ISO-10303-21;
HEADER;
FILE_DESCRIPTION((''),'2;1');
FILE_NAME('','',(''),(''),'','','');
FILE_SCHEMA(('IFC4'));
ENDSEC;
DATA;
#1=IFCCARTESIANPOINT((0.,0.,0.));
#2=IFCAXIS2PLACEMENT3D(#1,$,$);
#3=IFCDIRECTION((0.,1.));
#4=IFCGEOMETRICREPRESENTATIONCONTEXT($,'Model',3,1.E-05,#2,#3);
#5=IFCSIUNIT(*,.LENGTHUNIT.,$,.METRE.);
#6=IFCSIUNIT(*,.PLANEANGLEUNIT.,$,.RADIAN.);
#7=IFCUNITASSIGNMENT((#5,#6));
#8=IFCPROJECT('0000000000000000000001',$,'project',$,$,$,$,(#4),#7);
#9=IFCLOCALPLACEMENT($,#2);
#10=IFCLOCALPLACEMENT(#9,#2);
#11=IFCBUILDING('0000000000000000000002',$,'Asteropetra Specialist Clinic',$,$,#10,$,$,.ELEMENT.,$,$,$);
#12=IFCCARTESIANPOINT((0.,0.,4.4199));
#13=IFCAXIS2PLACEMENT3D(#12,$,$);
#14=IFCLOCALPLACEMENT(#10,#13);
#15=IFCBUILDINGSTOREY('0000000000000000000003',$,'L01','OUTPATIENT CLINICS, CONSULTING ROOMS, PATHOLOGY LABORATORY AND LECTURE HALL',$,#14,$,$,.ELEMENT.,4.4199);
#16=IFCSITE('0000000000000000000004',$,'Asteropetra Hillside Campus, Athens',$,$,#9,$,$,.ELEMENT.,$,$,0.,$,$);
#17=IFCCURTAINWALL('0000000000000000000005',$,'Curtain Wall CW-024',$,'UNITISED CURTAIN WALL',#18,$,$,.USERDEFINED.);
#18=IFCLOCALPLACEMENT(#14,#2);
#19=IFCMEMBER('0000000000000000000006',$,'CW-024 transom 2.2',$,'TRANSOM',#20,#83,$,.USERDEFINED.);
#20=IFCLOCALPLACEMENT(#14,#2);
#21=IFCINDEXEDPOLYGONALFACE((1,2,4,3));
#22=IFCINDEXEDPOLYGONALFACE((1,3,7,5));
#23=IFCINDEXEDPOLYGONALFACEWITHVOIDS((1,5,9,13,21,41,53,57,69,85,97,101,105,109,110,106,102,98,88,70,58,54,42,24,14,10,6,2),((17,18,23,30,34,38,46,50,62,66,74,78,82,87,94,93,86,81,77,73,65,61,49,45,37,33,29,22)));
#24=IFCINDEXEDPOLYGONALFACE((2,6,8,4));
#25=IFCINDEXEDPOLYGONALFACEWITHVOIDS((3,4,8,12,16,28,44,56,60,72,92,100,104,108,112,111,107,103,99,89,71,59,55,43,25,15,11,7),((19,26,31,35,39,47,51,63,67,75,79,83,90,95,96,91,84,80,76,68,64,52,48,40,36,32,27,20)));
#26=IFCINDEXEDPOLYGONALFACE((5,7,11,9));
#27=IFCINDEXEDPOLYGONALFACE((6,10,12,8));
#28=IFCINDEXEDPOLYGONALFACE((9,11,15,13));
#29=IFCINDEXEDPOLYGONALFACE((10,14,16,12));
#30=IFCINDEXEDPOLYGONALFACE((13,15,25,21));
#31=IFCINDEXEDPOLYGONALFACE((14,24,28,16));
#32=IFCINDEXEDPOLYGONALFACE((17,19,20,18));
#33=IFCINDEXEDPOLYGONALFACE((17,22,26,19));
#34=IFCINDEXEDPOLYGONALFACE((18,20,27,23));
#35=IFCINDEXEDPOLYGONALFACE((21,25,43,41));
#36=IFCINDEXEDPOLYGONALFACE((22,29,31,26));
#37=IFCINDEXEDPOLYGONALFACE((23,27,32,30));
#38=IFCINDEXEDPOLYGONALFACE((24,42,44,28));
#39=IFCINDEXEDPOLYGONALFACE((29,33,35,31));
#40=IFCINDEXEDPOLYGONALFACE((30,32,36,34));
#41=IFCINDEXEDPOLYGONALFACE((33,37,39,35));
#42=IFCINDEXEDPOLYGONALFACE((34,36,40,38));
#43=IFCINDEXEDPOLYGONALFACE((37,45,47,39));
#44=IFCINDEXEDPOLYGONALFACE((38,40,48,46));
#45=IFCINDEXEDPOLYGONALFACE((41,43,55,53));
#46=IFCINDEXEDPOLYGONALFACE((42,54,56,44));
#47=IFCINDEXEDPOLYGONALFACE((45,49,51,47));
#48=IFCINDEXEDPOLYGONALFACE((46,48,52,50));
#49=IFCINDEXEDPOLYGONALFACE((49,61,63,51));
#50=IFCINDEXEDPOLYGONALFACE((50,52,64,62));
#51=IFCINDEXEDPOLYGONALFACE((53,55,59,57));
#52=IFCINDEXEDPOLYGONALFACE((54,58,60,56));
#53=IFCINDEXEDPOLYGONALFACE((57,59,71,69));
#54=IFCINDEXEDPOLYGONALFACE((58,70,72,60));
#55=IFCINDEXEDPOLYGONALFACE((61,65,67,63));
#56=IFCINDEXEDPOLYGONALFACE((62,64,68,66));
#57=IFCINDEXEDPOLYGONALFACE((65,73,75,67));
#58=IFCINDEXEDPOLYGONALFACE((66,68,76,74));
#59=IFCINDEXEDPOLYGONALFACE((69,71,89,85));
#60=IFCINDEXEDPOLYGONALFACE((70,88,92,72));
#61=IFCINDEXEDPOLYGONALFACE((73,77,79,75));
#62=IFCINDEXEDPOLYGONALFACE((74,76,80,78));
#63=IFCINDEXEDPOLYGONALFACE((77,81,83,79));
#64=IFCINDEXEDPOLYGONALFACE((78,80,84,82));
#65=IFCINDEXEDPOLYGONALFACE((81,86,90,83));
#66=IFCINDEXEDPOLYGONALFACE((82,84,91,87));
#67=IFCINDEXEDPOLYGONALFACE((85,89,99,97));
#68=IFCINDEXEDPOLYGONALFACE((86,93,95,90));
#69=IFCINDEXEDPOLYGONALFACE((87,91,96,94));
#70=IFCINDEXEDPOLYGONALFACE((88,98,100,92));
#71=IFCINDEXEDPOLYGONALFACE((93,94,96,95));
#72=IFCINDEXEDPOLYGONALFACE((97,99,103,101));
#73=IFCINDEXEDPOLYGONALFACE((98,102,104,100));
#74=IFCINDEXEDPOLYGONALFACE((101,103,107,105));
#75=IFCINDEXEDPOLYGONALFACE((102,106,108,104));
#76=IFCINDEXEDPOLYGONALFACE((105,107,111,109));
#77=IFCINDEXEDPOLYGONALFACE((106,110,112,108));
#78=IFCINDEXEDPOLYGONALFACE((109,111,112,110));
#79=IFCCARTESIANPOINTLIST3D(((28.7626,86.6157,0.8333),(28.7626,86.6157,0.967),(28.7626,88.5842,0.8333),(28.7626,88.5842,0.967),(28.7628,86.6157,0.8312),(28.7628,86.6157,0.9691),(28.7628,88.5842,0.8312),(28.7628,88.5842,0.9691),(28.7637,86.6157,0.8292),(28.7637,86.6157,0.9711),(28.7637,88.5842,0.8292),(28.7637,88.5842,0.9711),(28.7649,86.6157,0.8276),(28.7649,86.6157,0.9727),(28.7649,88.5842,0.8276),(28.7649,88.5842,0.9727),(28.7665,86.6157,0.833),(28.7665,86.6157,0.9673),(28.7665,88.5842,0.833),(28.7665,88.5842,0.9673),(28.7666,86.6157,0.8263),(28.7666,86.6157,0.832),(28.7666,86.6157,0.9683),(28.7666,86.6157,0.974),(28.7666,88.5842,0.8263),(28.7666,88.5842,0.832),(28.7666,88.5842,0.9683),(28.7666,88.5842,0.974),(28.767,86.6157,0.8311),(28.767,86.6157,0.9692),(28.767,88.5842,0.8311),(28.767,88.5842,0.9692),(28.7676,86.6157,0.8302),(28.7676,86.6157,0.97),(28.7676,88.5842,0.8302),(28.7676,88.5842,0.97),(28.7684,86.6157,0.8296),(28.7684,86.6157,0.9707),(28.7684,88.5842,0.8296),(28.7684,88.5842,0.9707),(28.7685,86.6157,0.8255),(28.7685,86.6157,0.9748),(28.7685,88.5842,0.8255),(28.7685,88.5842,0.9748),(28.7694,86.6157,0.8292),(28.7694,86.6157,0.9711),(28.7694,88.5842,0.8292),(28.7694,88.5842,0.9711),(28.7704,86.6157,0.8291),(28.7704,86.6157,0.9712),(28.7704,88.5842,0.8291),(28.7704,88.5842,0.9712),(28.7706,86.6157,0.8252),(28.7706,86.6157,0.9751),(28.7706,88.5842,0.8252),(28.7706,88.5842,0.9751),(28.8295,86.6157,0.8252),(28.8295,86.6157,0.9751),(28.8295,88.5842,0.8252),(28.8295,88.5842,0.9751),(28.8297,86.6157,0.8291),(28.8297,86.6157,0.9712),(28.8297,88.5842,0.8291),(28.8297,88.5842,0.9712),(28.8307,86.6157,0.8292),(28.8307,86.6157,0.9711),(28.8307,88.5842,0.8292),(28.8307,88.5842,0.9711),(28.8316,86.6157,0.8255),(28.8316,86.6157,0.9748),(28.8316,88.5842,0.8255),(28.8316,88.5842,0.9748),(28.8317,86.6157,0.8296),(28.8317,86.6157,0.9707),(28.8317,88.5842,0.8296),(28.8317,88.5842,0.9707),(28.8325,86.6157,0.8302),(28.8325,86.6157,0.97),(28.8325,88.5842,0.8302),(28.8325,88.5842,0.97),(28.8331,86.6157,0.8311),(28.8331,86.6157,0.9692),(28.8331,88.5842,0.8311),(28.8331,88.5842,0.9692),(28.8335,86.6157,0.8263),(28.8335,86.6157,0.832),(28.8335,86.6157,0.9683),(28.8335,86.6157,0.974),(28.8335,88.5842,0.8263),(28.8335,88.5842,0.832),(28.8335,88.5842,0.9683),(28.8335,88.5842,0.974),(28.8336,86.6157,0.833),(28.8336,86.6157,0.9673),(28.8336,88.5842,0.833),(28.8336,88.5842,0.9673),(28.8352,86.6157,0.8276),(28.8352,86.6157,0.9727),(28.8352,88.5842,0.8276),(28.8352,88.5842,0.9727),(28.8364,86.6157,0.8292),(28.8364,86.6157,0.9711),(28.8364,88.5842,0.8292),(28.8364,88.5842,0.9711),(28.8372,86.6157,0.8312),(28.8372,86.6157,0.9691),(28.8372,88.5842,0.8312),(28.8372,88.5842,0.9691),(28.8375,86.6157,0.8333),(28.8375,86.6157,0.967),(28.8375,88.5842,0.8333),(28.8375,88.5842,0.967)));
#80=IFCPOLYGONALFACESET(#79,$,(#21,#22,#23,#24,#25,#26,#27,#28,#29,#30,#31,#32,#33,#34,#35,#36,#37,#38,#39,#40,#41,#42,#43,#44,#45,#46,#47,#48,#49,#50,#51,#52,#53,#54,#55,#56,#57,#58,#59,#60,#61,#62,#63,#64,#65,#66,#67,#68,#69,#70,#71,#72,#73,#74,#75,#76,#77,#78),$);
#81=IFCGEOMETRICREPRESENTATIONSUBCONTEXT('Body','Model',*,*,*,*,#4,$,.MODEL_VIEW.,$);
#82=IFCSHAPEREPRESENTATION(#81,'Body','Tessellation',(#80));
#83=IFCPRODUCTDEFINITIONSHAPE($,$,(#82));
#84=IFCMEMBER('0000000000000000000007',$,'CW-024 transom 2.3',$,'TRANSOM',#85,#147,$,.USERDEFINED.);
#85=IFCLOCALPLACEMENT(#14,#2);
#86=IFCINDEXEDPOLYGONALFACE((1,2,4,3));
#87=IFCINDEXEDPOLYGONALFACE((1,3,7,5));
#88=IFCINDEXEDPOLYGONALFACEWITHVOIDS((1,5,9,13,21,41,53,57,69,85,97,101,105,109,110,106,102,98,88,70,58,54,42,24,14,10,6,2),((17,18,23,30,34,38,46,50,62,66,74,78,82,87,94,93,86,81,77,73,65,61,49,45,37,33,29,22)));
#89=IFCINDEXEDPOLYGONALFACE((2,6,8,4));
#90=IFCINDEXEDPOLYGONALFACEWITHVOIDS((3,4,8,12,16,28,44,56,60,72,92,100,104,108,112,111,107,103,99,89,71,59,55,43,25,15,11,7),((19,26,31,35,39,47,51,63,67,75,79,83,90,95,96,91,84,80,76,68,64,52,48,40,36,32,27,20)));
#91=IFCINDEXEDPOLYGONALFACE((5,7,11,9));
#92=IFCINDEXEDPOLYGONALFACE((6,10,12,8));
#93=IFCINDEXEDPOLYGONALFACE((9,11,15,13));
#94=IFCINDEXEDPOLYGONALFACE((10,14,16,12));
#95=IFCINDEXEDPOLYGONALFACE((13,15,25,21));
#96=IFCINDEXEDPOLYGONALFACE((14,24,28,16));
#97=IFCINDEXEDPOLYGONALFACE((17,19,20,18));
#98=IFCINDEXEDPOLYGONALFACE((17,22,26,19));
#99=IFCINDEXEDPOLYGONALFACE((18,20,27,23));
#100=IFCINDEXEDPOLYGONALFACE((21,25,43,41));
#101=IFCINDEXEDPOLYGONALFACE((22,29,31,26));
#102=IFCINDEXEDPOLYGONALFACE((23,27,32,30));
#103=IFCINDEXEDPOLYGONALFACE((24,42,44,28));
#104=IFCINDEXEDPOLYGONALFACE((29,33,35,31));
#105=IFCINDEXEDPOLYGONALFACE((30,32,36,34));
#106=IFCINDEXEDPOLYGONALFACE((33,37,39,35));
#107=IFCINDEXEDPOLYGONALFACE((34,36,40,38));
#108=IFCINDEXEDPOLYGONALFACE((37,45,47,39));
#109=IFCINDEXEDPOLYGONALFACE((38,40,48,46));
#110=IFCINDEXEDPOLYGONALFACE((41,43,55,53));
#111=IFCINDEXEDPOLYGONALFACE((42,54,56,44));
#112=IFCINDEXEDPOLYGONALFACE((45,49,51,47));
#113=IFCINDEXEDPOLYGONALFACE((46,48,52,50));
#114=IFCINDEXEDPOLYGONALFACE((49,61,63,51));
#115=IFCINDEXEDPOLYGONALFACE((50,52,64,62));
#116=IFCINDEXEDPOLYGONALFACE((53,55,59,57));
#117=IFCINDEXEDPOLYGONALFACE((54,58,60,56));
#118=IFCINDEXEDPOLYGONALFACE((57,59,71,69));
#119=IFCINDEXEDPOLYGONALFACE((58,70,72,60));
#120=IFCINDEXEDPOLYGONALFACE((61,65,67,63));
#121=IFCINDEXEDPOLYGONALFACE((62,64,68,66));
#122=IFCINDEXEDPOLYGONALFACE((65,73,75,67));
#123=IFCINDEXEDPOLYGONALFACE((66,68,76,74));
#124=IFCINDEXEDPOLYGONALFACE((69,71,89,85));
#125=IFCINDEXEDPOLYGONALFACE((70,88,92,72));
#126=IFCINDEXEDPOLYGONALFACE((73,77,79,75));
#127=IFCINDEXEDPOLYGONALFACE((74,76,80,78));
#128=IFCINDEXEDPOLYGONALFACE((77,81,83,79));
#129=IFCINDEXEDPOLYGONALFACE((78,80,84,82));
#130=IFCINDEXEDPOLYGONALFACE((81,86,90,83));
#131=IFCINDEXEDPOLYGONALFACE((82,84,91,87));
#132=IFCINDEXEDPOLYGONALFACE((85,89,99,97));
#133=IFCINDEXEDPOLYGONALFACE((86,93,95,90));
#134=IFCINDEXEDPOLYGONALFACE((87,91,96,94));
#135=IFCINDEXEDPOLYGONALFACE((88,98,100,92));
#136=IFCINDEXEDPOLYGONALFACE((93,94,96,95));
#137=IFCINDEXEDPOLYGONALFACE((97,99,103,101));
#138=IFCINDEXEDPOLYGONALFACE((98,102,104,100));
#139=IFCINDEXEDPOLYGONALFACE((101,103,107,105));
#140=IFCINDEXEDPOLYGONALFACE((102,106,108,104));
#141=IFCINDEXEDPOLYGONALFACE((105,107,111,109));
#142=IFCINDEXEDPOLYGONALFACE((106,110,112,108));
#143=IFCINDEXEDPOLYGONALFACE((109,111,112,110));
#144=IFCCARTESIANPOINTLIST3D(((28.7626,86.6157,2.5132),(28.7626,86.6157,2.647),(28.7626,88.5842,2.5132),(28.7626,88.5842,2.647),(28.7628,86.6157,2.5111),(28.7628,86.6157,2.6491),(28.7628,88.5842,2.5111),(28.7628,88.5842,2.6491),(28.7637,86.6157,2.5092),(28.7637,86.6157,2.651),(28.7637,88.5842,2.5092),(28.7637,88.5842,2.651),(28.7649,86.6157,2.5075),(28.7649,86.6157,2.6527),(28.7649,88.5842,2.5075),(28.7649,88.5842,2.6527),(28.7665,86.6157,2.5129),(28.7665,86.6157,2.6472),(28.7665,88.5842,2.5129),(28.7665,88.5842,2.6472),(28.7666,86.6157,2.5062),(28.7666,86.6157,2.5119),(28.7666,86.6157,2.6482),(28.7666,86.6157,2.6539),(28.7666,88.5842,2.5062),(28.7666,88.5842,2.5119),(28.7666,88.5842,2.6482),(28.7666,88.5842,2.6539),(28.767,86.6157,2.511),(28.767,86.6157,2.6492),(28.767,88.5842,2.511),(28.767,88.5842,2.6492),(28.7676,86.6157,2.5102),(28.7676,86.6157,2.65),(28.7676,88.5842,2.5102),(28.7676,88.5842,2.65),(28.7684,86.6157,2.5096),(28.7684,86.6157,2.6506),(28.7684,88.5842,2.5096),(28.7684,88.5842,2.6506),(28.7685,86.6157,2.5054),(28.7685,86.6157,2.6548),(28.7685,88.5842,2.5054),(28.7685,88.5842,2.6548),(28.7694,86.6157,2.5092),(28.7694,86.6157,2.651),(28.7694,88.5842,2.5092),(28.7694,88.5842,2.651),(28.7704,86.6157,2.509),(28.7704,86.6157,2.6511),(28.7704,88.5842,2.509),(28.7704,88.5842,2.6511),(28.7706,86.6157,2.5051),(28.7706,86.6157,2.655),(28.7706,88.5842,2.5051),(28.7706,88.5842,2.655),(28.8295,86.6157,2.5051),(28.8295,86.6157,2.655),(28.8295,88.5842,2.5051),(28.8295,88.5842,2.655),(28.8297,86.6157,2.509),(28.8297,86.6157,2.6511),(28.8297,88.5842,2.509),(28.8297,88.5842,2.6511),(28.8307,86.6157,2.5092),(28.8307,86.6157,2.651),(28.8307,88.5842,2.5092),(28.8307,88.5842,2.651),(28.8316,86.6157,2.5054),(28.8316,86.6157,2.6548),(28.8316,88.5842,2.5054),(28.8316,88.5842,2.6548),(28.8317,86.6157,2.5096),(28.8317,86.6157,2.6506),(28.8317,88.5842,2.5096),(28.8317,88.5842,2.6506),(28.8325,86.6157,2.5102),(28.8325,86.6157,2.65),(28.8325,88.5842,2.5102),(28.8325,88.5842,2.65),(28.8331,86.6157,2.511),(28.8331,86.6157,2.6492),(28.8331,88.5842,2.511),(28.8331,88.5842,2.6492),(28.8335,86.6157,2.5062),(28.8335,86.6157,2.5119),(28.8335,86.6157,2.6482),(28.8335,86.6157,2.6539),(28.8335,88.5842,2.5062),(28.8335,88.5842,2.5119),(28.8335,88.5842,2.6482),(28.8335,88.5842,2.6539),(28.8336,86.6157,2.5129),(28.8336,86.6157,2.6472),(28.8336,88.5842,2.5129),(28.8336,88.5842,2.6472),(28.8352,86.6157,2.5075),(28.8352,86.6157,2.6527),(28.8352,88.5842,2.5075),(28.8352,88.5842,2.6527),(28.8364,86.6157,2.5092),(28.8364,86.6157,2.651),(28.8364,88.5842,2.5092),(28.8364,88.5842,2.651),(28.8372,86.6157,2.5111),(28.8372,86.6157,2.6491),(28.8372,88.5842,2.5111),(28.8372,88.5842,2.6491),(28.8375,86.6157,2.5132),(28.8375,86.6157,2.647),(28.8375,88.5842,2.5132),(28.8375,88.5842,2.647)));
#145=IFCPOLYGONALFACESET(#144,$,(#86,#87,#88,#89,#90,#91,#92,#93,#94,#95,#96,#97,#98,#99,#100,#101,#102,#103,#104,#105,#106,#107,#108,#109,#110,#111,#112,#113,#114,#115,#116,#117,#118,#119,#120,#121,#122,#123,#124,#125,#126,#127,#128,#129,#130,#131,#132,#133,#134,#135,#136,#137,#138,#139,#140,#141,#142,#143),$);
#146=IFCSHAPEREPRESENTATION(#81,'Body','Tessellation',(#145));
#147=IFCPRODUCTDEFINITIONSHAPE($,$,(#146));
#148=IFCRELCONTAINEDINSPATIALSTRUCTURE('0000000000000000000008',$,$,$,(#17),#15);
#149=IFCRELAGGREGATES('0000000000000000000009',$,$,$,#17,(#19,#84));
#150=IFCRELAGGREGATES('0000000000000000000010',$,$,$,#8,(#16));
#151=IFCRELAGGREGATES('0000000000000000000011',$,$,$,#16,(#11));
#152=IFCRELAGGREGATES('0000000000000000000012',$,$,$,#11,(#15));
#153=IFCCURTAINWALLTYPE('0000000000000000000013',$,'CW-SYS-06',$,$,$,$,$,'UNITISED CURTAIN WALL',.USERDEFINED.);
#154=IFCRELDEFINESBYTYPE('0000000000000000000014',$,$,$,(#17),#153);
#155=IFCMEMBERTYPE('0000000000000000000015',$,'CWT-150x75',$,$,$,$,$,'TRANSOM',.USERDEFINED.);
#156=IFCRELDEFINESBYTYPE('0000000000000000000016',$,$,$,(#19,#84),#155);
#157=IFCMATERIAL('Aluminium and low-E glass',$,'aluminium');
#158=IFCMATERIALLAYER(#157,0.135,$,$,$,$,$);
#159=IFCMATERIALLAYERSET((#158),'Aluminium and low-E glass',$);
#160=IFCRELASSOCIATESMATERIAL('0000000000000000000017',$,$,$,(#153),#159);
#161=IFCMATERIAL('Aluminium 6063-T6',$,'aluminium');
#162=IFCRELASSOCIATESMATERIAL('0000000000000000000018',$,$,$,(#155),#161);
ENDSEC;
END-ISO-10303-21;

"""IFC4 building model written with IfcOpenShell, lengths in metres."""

from ifc_helpers import new_model, si_unit, direction, frame, origin, origin_2d, place, context, subcontext, project, spatial, hollow_rectangle, extrude, material, layer, layer_set, material_profile, profile_set, type_object, element, aggregate, save


model = new_model("IFC4")

# Units and contexts
model_context = context("Model", 3, precision=1e-05, world=origin(), true_north=direction((0.0, 1.0)))
body_context = subcontext(model_context, "Body", "Model", "MODEL_VIEW")
ifc_project = project(units=[si_unit("LENGTHUNIT", "METRE"), si_unit("PLANEANGLEUNIT", "RADIAN")], contexts=[model_context])

# Site, building, storey
site_placement = place(None, origin())
site = spatial("IfcSite", under=ifc_project, at=site_placement, Name="Asteropetra Hillside Campus, Athens", CompositionType="ELEMENT", RefElevation=0.0)
building_placement = place(site_placement, origin())
building = spatial("IfcBuilding", under=site, at=building_placement, Name="Asteropetra Specialist Clinic", CompositionType="ELEMENT")
storey_placement = place(building_placement, frame((0.0, 0.0, 4.4199)))
storey = spatial("IfcBuildingStorey", under=building, at=storey_placement, Name="L01", Description="OUTPATIENT CLINICS, CONSULTING ROOMS, PATHOLOGY LABORATORY AND LECTURE HALL", CompositionType="ELEMENT", Elevation=4.4199)

# Curtain wall, members
ifc_material_1 = material(Name="Aluminium and low-E glass", Category="aluminium")
ifc_layer_1 = layer(ifc_material_1, 0.135)
ifc_layer_set_1 = layer_set([ifc_layer_1], Name="Aluminium and low-E glass")
curtain_wall_type = type_object("IfcCurtainWallType", Name="CW-SYS-06", ElementType="UNITISED CURTAIN WALL", PredefinedType="USERDEFINED", material=ifc_layer_set_1)
curtain_wall_placement = place(storey_placement, origin())
curtain_wall = element("IfcCurtainWall", 1, at=curtain_wall_placement, inside=storey, type_object=curtain_wall_type, Name="Curtain Wall CW-024", ObjectType="UNITISED CURTAIN WALL", PredefinedType="USERDEFINED")
ifc_material_2 = material(Name="Aluminium 6063-T6", Category="aluminium")
ifc_material_profile_1 = material_profile(ifc_material_2, hollow_rectangle(XDim=0.075, YDim=0.1499, WallThickness=0.0039, InnerFilletRadius=0.0039, OuterFilletRadius=0.0081, at=origin_2d()), Name="TRN 150x75x4.0")
ifc_profile_set_1 = profile_set([ifc_material_profile_1], Name="Aluminium 6063-T6")
member_type_1 = type_object("IfcMemberType", Name="CWT-150x75", ElementType="TRANSOM", PredefinedType="USERDEFINED", material=ifc_profile_set_1)
member_1_placement = place(storey_placement, frame((28.8, 86.6157, 0.9001), z_axis=(0.0, 1.0, 0.0), x_axis=(-1.0, 0.0, 0.0)))
member_1 = element("IfcMember", 2, at=member_1_placement, type_object=member_type_1, Name="CW-024 transom 2.2", ObjectType="TRANSOM", PredefinedType="USERDEFINED", context=body_context, shape_type="SweptSolid", body=[
    extrude(hollow_rectangle(XDim=0.075, YDim=0.1499, WallThickness=0.0039, InnerFilletRadius=0.0039, OuterFilletRadius=0.0081, at=origin_2d()), origin(), (0.0, 0.0, 1.0), 1.9685),
])
member_2_placement = place(storey_placement, frame((28.8, 86.6157, 2.5801), z_axis=(0.0, 1.0, 0.0), x_axis=(-1.0, 0.0, 0.0)))
member_2 = element("IfcMember", 3, at=member_2_placement, type_object=member_type_1, Name="CW-024 transom 2.3", ObjectType="TRANSOM", PredefinedType="USERDEFINED", context=body_context, shape_type="SweptSolid", body=[
    extrude(hollow_rectangle(XDim=0.075, YDim=0.1499, WallThickness=0.0039, InnerFilletRadius=0.0039, OuterFilletRadius=0.0081, at=origin_2d()), origin(), (0.0, 0.0, 1.0), 1.9685),
])
aggregate(curtain_wall, [member_1, member_2])

save(model, "model.ifc")
